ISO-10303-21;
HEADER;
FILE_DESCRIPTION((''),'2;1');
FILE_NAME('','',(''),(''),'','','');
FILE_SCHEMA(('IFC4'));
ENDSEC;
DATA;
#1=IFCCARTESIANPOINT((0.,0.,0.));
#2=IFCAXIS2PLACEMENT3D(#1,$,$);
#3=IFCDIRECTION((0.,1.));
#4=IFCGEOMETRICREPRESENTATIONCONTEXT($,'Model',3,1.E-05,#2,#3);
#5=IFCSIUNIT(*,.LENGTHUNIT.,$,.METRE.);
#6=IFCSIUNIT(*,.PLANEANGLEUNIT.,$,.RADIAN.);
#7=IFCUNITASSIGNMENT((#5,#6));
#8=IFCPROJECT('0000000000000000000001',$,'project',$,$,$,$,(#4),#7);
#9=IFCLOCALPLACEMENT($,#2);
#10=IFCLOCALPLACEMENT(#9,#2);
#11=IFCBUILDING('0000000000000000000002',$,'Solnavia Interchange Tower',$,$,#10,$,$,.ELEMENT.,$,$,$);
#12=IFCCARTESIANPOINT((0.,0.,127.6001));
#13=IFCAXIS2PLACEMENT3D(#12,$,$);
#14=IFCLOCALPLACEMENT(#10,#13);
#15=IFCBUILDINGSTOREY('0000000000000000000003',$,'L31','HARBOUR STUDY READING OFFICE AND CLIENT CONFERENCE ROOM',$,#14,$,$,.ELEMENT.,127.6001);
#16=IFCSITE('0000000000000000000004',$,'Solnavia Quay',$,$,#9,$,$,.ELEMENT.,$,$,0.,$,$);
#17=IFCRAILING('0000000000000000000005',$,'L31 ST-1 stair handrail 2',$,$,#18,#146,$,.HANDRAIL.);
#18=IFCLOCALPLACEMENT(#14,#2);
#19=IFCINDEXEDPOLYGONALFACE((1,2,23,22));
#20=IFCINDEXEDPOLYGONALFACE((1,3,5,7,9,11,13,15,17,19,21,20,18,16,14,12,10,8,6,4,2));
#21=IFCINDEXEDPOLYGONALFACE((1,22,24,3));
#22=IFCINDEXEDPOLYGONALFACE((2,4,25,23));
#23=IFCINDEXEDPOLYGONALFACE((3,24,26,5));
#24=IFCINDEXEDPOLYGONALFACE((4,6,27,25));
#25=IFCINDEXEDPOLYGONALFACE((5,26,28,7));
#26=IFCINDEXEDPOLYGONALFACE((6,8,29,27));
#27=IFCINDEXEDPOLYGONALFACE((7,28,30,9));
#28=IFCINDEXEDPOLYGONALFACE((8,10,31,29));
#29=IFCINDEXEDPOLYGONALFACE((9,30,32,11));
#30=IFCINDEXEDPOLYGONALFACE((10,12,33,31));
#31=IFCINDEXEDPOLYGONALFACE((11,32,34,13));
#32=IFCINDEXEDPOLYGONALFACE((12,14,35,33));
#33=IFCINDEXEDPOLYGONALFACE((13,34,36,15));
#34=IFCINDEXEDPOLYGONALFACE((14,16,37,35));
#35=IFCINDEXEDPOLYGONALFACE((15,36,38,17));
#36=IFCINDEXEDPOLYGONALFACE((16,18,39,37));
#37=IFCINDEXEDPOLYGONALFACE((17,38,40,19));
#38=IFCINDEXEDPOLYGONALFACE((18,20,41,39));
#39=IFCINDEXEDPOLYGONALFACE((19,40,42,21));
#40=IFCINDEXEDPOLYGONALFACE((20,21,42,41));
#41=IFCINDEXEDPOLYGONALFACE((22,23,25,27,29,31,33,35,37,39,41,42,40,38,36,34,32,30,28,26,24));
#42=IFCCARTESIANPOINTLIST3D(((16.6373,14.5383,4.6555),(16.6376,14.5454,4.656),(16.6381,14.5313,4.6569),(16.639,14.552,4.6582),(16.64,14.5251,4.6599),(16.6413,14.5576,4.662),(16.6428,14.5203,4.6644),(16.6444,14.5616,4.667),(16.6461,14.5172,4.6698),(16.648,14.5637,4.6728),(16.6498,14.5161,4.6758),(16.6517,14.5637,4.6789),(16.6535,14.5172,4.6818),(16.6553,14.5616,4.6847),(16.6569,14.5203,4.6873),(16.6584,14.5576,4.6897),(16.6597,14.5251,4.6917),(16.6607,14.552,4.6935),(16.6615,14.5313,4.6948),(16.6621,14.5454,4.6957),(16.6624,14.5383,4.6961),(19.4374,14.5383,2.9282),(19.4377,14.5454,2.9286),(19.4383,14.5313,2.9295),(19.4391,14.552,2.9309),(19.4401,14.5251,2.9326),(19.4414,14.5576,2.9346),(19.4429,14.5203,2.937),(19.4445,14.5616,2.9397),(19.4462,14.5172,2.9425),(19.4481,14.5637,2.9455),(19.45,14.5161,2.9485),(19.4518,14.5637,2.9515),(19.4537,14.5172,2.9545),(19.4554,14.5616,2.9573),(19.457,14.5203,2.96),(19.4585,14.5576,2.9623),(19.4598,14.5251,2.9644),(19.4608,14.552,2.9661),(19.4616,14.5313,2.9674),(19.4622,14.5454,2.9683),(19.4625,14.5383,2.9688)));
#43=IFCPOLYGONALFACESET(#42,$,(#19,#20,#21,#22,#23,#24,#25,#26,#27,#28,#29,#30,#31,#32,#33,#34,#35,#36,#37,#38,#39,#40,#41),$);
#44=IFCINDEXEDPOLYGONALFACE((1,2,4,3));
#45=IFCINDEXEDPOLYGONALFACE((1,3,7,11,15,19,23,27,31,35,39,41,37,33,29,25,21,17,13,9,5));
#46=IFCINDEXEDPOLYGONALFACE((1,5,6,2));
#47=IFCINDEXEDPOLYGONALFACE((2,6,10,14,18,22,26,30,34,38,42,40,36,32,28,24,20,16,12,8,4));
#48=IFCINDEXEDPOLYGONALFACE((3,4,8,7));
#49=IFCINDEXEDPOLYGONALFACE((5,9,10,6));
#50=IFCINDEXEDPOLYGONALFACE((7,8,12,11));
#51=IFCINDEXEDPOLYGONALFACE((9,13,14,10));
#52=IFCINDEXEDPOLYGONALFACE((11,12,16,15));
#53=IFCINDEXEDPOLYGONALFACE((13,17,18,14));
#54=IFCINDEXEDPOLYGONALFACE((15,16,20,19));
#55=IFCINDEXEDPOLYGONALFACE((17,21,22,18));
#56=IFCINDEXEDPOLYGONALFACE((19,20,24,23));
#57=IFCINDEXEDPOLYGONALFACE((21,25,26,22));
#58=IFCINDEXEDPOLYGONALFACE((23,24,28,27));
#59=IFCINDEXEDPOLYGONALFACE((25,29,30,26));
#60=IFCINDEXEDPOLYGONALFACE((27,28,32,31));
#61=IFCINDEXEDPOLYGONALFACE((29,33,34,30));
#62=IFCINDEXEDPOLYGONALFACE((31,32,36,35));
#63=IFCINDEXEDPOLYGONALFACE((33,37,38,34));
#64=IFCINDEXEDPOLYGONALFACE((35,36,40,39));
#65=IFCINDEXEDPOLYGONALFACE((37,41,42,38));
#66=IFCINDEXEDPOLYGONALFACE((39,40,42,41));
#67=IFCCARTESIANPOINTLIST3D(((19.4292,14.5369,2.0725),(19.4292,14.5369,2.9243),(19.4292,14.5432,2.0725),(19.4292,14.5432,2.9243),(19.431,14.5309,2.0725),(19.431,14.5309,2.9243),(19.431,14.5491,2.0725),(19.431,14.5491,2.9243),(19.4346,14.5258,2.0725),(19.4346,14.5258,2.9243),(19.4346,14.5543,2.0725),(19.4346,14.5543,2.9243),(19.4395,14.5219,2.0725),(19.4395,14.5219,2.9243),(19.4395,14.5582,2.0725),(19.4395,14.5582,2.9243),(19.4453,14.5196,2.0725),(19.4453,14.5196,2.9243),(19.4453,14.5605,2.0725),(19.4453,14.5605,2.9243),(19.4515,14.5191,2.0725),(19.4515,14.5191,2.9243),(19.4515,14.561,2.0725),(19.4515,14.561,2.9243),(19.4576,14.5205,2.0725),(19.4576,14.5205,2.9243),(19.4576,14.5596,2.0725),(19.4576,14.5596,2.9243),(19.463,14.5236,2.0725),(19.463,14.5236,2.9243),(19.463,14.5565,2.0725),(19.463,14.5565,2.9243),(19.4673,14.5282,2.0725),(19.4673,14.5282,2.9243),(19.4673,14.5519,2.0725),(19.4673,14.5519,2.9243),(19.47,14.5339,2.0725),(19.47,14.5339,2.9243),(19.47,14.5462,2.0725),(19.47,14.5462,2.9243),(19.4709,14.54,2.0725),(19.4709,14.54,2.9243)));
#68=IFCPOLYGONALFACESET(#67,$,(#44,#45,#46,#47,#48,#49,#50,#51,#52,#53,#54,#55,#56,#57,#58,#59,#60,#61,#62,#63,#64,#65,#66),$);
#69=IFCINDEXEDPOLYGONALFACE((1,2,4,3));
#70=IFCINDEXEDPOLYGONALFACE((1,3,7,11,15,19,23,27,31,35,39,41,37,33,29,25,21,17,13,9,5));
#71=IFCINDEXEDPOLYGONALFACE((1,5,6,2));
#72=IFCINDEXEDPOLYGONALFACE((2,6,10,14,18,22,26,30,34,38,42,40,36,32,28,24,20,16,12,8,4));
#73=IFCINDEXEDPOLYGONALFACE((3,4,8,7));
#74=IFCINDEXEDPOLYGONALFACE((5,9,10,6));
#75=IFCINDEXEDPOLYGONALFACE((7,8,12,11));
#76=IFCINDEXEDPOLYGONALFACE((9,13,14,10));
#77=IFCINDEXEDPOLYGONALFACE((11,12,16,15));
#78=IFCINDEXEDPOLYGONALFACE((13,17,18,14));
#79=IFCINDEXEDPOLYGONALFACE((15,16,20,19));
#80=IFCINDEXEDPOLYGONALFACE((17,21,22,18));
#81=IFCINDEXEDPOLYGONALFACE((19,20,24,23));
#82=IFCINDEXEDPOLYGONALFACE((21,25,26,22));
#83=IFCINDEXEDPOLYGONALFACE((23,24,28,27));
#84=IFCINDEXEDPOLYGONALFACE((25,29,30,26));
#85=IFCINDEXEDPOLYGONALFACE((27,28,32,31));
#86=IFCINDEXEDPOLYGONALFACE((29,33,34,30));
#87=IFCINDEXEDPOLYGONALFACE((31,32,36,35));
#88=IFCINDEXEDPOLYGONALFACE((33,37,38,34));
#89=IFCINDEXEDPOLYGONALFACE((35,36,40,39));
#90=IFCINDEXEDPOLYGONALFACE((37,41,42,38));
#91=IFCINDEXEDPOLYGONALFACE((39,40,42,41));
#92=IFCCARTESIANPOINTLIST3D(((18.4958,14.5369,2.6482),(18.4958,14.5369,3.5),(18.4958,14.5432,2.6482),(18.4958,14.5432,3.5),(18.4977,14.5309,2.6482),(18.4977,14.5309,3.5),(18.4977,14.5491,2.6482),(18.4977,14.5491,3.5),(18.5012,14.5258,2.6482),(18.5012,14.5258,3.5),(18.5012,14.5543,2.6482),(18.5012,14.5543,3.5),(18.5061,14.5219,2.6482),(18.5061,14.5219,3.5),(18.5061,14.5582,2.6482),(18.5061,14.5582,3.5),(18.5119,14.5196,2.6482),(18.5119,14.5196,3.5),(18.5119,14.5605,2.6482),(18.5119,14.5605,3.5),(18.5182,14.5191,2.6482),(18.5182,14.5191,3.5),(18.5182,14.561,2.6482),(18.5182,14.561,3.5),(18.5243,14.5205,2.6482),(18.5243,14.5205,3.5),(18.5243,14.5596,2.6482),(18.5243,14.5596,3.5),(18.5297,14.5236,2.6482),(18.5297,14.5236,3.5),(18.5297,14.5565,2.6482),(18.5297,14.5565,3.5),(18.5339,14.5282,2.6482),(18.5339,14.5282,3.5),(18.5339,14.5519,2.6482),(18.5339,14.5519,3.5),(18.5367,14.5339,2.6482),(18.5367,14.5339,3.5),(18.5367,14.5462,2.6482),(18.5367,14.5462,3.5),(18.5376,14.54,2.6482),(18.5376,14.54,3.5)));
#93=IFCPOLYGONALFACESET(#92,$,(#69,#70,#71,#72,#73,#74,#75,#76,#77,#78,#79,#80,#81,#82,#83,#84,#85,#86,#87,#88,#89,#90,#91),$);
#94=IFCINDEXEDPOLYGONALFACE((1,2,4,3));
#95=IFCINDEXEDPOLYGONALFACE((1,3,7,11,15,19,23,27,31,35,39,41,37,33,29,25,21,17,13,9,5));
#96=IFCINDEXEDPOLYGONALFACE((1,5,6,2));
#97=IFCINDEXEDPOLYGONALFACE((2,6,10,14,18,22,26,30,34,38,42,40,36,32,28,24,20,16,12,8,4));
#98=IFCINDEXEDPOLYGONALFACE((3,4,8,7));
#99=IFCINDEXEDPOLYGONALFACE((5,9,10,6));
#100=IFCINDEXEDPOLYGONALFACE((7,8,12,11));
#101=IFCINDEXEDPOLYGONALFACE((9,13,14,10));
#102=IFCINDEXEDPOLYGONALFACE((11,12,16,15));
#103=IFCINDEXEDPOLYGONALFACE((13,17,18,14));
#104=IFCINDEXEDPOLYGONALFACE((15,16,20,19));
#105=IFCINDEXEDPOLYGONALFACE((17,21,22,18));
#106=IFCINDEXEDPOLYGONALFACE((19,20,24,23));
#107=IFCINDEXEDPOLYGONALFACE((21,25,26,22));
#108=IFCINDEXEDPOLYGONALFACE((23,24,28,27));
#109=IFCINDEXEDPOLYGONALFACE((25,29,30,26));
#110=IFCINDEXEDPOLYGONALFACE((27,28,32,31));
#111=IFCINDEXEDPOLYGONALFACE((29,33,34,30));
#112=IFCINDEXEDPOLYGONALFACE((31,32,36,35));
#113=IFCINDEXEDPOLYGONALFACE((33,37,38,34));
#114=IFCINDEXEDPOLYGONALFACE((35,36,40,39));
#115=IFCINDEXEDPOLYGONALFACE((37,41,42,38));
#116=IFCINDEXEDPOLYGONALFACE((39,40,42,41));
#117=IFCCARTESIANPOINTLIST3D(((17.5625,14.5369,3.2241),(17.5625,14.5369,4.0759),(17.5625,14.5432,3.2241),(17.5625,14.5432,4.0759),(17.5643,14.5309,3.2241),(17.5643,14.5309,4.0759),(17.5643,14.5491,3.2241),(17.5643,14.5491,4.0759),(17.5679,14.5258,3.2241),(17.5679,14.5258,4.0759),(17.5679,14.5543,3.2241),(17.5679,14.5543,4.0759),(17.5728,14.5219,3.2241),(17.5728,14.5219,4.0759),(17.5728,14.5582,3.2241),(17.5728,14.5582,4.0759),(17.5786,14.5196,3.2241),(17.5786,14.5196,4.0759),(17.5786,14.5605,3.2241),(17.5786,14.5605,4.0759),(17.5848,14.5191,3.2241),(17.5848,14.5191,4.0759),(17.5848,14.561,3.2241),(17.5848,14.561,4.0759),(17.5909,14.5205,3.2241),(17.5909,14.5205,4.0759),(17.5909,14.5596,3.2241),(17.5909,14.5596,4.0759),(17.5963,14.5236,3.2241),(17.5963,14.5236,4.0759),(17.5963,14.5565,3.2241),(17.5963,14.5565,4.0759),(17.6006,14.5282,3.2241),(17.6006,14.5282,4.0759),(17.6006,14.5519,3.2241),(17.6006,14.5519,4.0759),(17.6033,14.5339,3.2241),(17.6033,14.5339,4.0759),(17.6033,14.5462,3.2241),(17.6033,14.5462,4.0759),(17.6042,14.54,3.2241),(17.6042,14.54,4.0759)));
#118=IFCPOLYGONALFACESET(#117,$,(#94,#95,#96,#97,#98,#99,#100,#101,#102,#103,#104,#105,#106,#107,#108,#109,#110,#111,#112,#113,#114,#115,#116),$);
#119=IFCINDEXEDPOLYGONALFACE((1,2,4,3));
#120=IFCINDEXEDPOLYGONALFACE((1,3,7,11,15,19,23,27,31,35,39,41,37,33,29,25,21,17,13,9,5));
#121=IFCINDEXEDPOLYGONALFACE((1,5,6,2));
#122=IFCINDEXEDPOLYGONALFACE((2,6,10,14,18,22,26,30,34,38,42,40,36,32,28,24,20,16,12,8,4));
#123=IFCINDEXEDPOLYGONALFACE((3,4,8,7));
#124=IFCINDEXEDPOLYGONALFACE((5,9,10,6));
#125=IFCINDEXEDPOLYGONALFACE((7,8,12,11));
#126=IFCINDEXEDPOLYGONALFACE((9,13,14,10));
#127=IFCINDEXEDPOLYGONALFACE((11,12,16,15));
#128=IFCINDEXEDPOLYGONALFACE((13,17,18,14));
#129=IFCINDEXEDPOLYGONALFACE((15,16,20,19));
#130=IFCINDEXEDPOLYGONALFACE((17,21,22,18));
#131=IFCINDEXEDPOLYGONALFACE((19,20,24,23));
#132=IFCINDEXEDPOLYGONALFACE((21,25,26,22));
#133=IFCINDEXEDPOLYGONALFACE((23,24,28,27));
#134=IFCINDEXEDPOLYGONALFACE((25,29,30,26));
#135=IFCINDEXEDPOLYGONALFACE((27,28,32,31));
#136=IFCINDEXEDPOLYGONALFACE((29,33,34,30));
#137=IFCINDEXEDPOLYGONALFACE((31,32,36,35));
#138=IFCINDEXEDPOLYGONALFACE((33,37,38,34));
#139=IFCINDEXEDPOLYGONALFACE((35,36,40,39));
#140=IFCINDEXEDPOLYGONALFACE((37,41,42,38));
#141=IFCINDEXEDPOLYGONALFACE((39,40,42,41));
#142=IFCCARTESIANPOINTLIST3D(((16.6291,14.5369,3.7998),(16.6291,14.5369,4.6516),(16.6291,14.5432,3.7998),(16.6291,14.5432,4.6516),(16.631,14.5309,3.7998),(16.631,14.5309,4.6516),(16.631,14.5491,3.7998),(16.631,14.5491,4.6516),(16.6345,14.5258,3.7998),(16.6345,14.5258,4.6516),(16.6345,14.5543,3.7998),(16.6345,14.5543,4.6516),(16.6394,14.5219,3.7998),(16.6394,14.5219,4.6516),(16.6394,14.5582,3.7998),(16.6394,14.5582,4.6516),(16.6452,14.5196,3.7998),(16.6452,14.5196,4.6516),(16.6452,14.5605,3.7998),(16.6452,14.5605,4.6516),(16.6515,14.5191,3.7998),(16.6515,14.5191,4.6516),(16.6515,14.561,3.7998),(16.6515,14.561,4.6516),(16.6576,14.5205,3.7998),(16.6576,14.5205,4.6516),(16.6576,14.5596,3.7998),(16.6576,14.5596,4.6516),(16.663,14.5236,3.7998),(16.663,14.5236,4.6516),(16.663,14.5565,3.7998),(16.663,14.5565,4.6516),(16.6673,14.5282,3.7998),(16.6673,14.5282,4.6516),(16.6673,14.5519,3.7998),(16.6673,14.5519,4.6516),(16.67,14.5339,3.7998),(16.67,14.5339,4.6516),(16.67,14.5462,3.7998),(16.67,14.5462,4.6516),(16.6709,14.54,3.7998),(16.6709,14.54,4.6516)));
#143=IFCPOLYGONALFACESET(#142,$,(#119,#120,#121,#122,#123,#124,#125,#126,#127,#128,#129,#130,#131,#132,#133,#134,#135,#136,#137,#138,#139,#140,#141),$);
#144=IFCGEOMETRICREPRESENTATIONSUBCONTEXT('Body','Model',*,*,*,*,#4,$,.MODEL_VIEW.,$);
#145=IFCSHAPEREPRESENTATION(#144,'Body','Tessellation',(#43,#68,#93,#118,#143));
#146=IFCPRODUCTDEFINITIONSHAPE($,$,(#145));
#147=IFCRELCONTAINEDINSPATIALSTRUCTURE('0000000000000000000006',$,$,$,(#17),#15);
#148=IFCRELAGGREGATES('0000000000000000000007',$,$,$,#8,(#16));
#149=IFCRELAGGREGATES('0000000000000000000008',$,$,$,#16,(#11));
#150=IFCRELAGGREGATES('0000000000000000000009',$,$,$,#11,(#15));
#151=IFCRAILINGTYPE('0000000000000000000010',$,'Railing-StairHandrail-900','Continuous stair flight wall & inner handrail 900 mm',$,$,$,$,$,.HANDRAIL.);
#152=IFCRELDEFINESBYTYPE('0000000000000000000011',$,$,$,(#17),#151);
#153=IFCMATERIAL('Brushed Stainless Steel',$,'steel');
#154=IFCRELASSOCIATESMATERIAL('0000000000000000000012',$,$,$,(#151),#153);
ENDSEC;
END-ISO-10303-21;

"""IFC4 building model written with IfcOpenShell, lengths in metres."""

from ifc_helpers import new_model, si_unit, direction, frame, origin, origin_2d, place, context, subcontext, project, spatial, circle, extrude, material, type_object, element, save


model = new_model("IFC4")

# Units and contexts
model_context = context("Model", 3, precision=1e-05, world=origin(), true_north=direction((0.0, 1.0)))
body_context = subcontext(model_context, "Body", "Model", "MODEL_VIEW")
ifc_project = project(units=[si_unit("LENGTHUNIT", "METRE"), si_unit("PLANEANGLEUNIT", "RADIAN")], contexts=[model_context])

# Site, building, storey
site_placement = place(None, origin())
site = spatial("IfcSite", under=ifc_project, at=site_placement, Name="Solnavia Quay", CompositionType="ELEMENT", RefElevation=0.0)
building_placement = place(site_placement, origin())
building = spatial("IfcBuilding", under=site, at=building_placement, Name="Solnavia Interchange Tower", CompositionType="ELEMENT")
storey_placement = place(building_placement, frame((0.0, 0.0, 127.6001)))
storey = spatial("IfcBuildingStorey", under=building, at=storey_placement, Name="L31", Description="HARBOUR STUDY READING OFFICE AND CLIENT CONFERENCE ROOM", CompositionType="ELEMENT", Elevation=127.6001)

# Railing
ifc_material_1 = material(Name="Brushed Stainless Steel", Category="steel")
railing_type_1 = type_object("IfcRailingType", Name="Railing-StairHandrail-900", Description="Continuous stair flight wall & inner handrail 900 mm", PredefinedType="HANDRAIL", material=ifc_material_1)
railing_1_placement = place(storey_placement, frame((19.45, 14.54, 2.0725)))
element("IfcRailing", 1, at=railing_1_placement, inside=storey, type_object=railing_type_1, Name="L31 ST-1 stair handrail 2", PredefinedType="HANDRAIL", context=body_context, shape_type="SweptSolid", body=[
    extrude(circle(Radius=0.0239, at=origin_2d()), frame((0.0, 0.0, 0.876), z_axis=(-0.85109, 0.0, 0.52502), x_axis=(0.0, -1.0, 0.0)), (0.0, 0.0, 1.0), 3.29),
    extrude(circle(Radius=0.021, at=origin_2d()), origin(), (0.0, 0.0, 1.0), 0.8518),
    extrude(circle(Radius=0.021, at=origin_2d()), frame((-0.9333, 0.0, 0.5757)), (0.0, 0.0, 1.0), 0.8518),
    extrude(circle(Radius=0.021, at=origin_2d()), frame((-1.8667, 0.0, 1.1516)), (0.0, 0.0, 1.0), 0.8518),
    extrude(circle(Radius=0.021, at=origin_2d()), frame((-2.8, 0.0, 1.7273)), (0.0, 0.0, 1.0), 0.8518),
])

save(model, "model.ifc")
